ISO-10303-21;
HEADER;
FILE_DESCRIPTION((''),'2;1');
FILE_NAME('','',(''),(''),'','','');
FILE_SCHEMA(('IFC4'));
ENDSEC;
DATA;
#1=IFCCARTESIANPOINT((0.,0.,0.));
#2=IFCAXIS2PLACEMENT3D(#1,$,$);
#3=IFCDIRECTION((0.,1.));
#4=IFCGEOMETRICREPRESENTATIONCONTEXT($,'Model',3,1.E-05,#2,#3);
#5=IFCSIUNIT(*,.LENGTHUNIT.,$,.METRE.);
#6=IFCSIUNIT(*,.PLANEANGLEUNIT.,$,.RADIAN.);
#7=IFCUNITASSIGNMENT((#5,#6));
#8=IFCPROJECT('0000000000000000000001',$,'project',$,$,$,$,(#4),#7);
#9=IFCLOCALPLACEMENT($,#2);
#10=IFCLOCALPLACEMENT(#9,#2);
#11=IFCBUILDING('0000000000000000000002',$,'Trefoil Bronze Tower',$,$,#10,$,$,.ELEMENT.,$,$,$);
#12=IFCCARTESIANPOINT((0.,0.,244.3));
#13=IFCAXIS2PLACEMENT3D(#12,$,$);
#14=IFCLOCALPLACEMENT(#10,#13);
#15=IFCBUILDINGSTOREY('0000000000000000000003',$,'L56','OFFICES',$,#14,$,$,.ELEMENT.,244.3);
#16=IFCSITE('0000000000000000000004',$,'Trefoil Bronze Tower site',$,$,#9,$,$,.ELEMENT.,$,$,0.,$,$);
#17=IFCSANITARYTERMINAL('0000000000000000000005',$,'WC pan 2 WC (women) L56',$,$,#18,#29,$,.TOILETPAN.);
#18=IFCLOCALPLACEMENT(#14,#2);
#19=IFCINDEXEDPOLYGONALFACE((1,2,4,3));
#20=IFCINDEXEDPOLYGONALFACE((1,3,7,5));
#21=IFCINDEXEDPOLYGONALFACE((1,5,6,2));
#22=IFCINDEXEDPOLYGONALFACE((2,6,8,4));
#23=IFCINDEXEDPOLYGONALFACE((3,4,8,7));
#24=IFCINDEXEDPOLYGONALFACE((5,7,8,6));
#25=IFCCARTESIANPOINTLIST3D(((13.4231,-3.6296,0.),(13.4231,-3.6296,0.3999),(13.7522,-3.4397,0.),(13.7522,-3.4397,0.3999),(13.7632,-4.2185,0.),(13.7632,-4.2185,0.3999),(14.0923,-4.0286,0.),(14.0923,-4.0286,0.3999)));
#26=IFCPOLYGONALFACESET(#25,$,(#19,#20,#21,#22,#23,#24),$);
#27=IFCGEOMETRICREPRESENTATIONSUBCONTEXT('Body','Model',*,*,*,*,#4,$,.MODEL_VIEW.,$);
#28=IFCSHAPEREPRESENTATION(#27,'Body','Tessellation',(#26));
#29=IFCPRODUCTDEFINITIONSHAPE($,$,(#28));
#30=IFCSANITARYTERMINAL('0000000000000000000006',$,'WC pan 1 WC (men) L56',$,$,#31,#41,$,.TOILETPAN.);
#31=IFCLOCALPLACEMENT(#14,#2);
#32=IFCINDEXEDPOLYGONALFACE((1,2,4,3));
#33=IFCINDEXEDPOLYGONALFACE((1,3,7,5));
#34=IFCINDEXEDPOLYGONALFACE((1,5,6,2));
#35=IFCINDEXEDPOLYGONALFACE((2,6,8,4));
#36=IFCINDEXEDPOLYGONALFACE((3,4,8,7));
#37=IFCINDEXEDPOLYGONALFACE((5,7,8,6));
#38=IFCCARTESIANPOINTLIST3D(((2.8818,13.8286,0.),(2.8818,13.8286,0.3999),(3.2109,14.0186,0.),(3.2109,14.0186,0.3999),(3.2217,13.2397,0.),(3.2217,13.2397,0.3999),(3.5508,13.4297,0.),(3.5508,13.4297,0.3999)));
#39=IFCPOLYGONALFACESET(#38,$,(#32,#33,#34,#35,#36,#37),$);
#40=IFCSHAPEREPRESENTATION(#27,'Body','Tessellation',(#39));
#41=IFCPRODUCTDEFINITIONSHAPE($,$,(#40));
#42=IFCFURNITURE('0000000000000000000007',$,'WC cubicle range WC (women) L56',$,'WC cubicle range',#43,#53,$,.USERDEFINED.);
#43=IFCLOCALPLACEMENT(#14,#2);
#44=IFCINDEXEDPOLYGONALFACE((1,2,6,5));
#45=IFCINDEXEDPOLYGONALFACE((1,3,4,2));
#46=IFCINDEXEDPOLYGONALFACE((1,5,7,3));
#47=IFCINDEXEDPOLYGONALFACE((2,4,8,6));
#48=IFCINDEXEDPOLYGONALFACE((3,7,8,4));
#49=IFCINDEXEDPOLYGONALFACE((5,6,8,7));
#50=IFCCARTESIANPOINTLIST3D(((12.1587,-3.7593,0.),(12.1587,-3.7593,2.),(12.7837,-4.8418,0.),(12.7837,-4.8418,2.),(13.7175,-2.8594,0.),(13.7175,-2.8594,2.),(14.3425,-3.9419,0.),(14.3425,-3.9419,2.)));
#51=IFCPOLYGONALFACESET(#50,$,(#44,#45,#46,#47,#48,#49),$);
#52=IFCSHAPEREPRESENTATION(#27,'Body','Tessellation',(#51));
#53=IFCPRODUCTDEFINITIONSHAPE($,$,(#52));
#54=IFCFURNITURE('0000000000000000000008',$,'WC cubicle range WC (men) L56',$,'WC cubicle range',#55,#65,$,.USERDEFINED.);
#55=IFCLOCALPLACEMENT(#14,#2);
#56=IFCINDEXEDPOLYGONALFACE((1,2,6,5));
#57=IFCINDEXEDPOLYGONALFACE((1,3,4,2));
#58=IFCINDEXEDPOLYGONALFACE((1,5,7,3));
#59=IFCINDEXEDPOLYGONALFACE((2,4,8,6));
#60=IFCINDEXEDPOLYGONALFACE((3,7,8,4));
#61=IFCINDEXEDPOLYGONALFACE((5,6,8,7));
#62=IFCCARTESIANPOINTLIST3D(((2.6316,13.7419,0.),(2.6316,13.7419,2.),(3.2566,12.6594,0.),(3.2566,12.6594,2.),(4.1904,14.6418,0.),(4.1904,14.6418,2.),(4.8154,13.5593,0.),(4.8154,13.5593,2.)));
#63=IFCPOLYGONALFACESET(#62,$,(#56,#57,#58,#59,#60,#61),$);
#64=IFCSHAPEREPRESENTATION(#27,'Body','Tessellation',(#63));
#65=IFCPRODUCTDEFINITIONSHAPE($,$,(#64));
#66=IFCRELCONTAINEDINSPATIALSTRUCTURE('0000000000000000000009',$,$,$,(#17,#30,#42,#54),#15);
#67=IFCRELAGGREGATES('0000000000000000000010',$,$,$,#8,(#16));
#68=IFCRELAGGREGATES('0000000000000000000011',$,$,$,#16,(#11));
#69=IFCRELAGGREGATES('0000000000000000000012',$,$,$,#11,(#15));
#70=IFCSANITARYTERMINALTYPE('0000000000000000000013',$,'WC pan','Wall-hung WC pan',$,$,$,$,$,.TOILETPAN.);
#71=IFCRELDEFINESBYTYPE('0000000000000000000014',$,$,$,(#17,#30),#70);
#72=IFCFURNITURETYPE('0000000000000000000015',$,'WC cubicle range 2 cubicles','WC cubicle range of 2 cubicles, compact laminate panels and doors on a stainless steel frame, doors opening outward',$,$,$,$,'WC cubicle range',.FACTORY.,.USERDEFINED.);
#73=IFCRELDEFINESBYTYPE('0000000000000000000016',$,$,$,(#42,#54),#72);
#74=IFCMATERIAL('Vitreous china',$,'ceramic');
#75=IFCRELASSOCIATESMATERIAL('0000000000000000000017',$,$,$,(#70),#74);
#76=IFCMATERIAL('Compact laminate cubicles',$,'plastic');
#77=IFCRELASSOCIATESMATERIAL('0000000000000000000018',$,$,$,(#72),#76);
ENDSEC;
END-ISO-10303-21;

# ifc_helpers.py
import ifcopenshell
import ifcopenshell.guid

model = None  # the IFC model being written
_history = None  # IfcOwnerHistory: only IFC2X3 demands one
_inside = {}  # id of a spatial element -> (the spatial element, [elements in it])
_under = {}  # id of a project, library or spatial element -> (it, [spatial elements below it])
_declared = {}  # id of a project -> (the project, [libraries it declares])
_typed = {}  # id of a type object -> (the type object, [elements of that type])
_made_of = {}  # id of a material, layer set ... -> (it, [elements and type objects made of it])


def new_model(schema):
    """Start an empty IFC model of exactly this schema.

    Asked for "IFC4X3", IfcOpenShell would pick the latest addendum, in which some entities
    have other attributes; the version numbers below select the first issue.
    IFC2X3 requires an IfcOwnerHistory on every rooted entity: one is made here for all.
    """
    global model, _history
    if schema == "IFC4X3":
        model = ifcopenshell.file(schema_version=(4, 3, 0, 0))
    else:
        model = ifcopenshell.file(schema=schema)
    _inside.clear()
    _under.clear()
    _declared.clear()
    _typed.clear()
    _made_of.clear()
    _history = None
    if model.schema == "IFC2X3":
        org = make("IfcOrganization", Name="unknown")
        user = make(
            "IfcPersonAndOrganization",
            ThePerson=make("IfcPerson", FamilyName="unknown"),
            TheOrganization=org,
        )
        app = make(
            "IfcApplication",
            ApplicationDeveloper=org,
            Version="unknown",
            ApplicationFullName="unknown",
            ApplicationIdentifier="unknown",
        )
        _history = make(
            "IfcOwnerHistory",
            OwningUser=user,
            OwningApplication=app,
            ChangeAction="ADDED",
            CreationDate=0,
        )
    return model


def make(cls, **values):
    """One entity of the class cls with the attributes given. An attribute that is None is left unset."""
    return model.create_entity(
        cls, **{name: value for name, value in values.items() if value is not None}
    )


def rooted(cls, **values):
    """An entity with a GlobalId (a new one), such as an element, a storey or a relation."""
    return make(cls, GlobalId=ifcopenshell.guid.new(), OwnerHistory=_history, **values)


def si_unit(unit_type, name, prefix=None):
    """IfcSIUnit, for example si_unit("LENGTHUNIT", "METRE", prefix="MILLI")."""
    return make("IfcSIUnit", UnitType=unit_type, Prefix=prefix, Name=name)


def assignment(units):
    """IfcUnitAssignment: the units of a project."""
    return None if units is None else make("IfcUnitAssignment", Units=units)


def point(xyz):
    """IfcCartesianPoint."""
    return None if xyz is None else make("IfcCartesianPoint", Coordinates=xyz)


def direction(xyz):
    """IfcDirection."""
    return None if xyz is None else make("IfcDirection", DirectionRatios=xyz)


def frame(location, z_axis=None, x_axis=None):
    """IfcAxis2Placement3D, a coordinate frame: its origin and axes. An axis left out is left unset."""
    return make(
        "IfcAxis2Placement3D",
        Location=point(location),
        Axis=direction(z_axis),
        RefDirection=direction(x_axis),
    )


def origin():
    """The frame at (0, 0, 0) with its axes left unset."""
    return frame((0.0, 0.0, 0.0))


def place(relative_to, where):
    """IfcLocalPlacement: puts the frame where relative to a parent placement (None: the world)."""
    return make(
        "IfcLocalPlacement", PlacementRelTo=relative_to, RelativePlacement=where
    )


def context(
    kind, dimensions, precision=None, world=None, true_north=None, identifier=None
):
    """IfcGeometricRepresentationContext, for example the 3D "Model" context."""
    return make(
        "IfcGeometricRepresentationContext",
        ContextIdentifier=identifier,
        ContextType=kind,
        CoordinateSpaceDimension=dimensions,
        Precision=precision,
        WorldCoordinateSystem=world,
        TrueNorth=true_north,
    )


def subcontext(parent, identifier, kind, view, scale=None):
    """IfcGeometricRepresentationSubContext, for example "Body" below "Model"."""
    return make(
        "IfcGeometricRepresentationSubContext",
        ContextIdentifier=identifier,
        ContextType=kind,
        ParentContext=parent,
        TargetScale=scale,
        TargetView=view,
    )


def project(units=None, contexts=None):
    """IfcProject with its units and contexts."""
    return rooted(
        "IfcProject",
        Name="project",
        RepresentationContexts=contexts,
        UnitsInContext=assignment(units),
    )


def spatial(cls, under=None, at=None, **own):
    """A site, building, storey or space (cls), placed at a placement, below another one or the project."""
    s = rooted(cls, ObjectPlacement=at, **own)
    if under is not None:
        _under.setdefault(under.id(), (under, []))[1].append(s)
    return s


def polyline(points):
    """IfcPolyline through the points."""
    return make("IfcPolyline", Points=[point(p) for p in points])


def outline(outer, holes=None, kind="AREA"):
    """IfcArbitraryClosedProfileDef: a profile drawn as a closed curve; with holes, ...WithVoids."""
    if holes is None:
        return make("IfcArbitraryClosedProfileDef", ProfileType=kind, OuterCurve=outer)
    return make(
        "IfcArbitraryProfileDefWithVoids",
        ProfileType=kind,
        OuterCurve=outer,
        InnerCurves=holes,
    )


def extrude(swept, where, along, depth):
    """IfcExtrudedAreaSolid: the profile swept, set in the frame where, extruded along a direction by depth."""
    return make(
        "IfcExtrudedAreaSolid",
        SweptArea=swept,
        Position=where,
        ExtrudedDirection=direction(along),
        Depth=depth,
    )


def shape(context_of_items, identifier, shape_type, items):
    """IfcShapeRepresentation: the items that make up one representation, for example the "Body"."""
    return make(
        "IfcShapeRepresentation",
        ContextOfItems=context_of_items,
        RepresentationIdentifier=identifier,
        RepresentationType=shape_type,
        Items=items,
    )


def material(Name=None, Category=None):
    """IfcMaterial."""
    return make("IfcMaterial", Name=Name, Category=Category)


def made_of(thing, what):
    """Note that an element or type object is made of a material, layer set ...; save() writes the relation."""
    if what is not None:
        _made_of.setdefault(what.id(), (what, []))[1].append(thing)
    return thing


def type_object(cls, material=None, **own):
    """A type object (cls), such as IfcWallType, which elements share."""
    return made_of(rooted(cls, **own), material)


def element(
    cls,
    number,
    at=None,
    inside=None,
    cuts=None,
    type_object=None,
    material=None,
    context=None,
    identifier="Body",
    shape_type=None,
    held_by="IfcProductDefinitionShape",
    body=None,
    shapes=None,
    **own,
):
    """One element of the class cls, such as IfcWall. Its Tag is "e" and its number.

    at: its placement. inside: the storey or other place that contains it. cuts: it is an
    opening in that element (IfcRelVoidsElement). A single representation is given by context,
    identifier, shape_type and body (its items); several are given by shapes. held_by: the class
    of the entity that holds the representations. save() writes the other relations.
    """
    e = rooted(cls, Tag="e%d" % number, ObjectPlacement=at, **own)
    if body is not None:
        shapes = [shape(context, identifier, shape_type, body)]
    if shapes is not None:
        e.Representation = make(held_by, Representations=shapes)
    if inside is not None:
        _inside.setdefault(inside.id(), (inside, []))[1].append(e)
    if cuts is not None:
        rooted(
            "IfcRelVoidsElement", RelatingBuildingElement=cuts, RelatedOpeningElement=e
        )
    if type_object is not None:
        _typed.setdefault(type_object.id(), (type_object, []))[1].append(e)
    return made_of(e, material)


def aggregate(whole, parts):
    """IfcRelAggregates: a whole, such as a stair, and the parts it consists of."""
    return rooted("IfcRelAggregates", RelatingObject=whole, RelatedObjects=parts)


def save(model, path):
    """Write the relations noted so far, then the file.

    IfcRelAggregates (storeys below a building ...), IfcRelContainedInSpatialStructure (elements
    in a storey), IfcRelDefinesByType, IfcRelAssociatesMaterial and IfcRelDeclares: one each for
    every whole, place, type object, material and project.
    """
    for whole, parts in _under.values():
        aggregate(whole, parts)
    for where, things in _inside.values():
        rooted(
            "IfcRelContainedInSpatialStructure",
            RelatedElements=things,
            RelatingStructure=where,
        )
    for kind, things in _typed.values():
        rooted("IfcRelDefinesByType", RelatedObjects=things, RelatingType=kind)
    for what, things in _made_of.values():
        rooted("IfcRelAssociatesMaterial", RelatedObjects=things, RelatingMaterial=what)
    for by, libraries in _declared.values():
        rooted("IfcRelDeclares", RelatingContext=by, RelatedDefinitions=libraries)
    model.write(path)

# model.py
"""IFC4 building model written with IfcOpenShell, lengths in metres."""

from ifc_helpers import new_model, si_unit, direction, frame, origin, place, context, subcontext, project, spatial, polyline, outline, extrude, material, type_object, element, save


model = new_model("IFC4")

# Units and contexts
model_context = context("Model", 3, precision=1e-05, world=origin(), true_north=direction((0.0, 1.0)))
body_context = subcontext(model_context, "Body", "Model", "MODEL_VIEW")
ifc_project = project(units=[si_unit("LENGTHUNIT", "METRE"), si_unit("PLANEANGLEUNIT", "RADIAN")], contexts=[model_context])

# Site, building, storey
site_placement = place(None, origin())
site = spatial("IfcSite", under=ifc_project, at=site_placement, Name="Trefoil Bronze Tower site", CompositionType="ELEMENT", RefElevation=0.0)
building_placement = place(site_placement, origin())
building = spatial("IfcBuilding", under=site, at=building_placement, Name="Trefoil Bronze Tower", CompositionType="ELEMENT")
storey_placement = place(building_placement, frame((0.0, 0.0, 244.3)))
storey = spatial("IfcBuildingStorey", under=building, at=storey_placement, Name="L56", Description="OFFICES", CompositionType="ELEMENT", Elevation=244.3)

# Sanitary terminals
ifc_material_1 = material(Name="Vitreous china", Category="ceramic")
sanitary_terminal_type_1 = type_object("IfcSanitaryTerminalType", Name="WC pan", Description="Wall-hung WC pan", PredefinedType="TOILETPAN", material=ifc_material_1)
sanitary_terminal_1_placement = place(storey_placement, origin())
element("IfcSanitaryTerminal", 1, at=sanitary_terminal_1_placement, inside=storey, type_object=sanitary_terminal_type_1, Name="WC pan 2 WC (women) L56", PredefinedType="TOILETPAN", context=body_context, shape_type="SweptSolid", body=[
    extrude(outline(polyline([(13.4231, -3.6296), (13.7632, -4.2185), (14.0923, -4.0286), (13.7522, -3.4397), (13.4231, -3.6296)])), origin(), (0.0, 0.0, 1.0), 0.3999),
])
sanitary_terminal_2_placement = place(storey_placement, origin())
element("IfcSanitaryTerminal", 2, at=sanitary_terminal_2_placement, inside=storey, type_object=sanitary_terminal_type_1, Name="WC pan 1 WC (men) L56", PredefinedType="TOILETPAN", context=body_context, shape_type="SweptSolid", body=[
    extrude(outline(polyline([(3.2217, 13.2397), (2.8818, 13.8286), (3.2109, 14.0186), (3.5508, 13.4297), (3.2217, 13.2397)])), origin(), (0.0, 0.0, 1.0), 0.3999),
])

# Furniture
ifc_material_2 = material(Name="Compact laminate cubicles", Category="plastic")
furniture_type = type_object("IfcFurnitureType", Name="WC cubicle range 2 cubicles", Description="WC cubicle range of 2 cubicles, compact laminate panels and doors on a stainless steel frame, doors opening outward", ElementType="WC cubicle range", AssemblyPlace="FACTORY", PredefinedType="USERDEFINED", material=ifc_material_2)
furniture_1_placement = place(storey_placement, origin())
element("IfcFurniture", 3, at=furniture_1_placement, inside=storey, type_object=furniture_type, Name="WC cubicle range WC (women) L56", ObjectType="WC cubicle range", PredefinedType="USERDEFINED", context=body_context, shape_type="SweptSolid", body=[
    extrude(outline(polyline([(12.1587, -3.7593), (12.7837, -4.8418), (14.3425, -3.9419), (13.7175, -2.8594), (12.1587, -3.7593)])), origin(), (0.0, 0.0, 1.0), 2.0),
])
furniture_2_placement = place(storey_placement, origin())
element("IfcFurniture", 4, at=furniture_2_placement, inside=storey, type_object=furniture_type, Name="WC cubicle range WC (men) L56", ObjectType="WC cubicle range", PredefinedType="USERDEFINED", context=body_context, shape_type="SweptSolid", body=[
    extrude(outline(polyline([(3.2566, 12.6594), (2.6316, 13.7419), (4.1904, 14.6418), (4.8154, 13.5593), (3.2566, 12.6594)])), origin(), (0.0, 0.0, 1.0), 2.0),
])

save(model, "model.ifc")
